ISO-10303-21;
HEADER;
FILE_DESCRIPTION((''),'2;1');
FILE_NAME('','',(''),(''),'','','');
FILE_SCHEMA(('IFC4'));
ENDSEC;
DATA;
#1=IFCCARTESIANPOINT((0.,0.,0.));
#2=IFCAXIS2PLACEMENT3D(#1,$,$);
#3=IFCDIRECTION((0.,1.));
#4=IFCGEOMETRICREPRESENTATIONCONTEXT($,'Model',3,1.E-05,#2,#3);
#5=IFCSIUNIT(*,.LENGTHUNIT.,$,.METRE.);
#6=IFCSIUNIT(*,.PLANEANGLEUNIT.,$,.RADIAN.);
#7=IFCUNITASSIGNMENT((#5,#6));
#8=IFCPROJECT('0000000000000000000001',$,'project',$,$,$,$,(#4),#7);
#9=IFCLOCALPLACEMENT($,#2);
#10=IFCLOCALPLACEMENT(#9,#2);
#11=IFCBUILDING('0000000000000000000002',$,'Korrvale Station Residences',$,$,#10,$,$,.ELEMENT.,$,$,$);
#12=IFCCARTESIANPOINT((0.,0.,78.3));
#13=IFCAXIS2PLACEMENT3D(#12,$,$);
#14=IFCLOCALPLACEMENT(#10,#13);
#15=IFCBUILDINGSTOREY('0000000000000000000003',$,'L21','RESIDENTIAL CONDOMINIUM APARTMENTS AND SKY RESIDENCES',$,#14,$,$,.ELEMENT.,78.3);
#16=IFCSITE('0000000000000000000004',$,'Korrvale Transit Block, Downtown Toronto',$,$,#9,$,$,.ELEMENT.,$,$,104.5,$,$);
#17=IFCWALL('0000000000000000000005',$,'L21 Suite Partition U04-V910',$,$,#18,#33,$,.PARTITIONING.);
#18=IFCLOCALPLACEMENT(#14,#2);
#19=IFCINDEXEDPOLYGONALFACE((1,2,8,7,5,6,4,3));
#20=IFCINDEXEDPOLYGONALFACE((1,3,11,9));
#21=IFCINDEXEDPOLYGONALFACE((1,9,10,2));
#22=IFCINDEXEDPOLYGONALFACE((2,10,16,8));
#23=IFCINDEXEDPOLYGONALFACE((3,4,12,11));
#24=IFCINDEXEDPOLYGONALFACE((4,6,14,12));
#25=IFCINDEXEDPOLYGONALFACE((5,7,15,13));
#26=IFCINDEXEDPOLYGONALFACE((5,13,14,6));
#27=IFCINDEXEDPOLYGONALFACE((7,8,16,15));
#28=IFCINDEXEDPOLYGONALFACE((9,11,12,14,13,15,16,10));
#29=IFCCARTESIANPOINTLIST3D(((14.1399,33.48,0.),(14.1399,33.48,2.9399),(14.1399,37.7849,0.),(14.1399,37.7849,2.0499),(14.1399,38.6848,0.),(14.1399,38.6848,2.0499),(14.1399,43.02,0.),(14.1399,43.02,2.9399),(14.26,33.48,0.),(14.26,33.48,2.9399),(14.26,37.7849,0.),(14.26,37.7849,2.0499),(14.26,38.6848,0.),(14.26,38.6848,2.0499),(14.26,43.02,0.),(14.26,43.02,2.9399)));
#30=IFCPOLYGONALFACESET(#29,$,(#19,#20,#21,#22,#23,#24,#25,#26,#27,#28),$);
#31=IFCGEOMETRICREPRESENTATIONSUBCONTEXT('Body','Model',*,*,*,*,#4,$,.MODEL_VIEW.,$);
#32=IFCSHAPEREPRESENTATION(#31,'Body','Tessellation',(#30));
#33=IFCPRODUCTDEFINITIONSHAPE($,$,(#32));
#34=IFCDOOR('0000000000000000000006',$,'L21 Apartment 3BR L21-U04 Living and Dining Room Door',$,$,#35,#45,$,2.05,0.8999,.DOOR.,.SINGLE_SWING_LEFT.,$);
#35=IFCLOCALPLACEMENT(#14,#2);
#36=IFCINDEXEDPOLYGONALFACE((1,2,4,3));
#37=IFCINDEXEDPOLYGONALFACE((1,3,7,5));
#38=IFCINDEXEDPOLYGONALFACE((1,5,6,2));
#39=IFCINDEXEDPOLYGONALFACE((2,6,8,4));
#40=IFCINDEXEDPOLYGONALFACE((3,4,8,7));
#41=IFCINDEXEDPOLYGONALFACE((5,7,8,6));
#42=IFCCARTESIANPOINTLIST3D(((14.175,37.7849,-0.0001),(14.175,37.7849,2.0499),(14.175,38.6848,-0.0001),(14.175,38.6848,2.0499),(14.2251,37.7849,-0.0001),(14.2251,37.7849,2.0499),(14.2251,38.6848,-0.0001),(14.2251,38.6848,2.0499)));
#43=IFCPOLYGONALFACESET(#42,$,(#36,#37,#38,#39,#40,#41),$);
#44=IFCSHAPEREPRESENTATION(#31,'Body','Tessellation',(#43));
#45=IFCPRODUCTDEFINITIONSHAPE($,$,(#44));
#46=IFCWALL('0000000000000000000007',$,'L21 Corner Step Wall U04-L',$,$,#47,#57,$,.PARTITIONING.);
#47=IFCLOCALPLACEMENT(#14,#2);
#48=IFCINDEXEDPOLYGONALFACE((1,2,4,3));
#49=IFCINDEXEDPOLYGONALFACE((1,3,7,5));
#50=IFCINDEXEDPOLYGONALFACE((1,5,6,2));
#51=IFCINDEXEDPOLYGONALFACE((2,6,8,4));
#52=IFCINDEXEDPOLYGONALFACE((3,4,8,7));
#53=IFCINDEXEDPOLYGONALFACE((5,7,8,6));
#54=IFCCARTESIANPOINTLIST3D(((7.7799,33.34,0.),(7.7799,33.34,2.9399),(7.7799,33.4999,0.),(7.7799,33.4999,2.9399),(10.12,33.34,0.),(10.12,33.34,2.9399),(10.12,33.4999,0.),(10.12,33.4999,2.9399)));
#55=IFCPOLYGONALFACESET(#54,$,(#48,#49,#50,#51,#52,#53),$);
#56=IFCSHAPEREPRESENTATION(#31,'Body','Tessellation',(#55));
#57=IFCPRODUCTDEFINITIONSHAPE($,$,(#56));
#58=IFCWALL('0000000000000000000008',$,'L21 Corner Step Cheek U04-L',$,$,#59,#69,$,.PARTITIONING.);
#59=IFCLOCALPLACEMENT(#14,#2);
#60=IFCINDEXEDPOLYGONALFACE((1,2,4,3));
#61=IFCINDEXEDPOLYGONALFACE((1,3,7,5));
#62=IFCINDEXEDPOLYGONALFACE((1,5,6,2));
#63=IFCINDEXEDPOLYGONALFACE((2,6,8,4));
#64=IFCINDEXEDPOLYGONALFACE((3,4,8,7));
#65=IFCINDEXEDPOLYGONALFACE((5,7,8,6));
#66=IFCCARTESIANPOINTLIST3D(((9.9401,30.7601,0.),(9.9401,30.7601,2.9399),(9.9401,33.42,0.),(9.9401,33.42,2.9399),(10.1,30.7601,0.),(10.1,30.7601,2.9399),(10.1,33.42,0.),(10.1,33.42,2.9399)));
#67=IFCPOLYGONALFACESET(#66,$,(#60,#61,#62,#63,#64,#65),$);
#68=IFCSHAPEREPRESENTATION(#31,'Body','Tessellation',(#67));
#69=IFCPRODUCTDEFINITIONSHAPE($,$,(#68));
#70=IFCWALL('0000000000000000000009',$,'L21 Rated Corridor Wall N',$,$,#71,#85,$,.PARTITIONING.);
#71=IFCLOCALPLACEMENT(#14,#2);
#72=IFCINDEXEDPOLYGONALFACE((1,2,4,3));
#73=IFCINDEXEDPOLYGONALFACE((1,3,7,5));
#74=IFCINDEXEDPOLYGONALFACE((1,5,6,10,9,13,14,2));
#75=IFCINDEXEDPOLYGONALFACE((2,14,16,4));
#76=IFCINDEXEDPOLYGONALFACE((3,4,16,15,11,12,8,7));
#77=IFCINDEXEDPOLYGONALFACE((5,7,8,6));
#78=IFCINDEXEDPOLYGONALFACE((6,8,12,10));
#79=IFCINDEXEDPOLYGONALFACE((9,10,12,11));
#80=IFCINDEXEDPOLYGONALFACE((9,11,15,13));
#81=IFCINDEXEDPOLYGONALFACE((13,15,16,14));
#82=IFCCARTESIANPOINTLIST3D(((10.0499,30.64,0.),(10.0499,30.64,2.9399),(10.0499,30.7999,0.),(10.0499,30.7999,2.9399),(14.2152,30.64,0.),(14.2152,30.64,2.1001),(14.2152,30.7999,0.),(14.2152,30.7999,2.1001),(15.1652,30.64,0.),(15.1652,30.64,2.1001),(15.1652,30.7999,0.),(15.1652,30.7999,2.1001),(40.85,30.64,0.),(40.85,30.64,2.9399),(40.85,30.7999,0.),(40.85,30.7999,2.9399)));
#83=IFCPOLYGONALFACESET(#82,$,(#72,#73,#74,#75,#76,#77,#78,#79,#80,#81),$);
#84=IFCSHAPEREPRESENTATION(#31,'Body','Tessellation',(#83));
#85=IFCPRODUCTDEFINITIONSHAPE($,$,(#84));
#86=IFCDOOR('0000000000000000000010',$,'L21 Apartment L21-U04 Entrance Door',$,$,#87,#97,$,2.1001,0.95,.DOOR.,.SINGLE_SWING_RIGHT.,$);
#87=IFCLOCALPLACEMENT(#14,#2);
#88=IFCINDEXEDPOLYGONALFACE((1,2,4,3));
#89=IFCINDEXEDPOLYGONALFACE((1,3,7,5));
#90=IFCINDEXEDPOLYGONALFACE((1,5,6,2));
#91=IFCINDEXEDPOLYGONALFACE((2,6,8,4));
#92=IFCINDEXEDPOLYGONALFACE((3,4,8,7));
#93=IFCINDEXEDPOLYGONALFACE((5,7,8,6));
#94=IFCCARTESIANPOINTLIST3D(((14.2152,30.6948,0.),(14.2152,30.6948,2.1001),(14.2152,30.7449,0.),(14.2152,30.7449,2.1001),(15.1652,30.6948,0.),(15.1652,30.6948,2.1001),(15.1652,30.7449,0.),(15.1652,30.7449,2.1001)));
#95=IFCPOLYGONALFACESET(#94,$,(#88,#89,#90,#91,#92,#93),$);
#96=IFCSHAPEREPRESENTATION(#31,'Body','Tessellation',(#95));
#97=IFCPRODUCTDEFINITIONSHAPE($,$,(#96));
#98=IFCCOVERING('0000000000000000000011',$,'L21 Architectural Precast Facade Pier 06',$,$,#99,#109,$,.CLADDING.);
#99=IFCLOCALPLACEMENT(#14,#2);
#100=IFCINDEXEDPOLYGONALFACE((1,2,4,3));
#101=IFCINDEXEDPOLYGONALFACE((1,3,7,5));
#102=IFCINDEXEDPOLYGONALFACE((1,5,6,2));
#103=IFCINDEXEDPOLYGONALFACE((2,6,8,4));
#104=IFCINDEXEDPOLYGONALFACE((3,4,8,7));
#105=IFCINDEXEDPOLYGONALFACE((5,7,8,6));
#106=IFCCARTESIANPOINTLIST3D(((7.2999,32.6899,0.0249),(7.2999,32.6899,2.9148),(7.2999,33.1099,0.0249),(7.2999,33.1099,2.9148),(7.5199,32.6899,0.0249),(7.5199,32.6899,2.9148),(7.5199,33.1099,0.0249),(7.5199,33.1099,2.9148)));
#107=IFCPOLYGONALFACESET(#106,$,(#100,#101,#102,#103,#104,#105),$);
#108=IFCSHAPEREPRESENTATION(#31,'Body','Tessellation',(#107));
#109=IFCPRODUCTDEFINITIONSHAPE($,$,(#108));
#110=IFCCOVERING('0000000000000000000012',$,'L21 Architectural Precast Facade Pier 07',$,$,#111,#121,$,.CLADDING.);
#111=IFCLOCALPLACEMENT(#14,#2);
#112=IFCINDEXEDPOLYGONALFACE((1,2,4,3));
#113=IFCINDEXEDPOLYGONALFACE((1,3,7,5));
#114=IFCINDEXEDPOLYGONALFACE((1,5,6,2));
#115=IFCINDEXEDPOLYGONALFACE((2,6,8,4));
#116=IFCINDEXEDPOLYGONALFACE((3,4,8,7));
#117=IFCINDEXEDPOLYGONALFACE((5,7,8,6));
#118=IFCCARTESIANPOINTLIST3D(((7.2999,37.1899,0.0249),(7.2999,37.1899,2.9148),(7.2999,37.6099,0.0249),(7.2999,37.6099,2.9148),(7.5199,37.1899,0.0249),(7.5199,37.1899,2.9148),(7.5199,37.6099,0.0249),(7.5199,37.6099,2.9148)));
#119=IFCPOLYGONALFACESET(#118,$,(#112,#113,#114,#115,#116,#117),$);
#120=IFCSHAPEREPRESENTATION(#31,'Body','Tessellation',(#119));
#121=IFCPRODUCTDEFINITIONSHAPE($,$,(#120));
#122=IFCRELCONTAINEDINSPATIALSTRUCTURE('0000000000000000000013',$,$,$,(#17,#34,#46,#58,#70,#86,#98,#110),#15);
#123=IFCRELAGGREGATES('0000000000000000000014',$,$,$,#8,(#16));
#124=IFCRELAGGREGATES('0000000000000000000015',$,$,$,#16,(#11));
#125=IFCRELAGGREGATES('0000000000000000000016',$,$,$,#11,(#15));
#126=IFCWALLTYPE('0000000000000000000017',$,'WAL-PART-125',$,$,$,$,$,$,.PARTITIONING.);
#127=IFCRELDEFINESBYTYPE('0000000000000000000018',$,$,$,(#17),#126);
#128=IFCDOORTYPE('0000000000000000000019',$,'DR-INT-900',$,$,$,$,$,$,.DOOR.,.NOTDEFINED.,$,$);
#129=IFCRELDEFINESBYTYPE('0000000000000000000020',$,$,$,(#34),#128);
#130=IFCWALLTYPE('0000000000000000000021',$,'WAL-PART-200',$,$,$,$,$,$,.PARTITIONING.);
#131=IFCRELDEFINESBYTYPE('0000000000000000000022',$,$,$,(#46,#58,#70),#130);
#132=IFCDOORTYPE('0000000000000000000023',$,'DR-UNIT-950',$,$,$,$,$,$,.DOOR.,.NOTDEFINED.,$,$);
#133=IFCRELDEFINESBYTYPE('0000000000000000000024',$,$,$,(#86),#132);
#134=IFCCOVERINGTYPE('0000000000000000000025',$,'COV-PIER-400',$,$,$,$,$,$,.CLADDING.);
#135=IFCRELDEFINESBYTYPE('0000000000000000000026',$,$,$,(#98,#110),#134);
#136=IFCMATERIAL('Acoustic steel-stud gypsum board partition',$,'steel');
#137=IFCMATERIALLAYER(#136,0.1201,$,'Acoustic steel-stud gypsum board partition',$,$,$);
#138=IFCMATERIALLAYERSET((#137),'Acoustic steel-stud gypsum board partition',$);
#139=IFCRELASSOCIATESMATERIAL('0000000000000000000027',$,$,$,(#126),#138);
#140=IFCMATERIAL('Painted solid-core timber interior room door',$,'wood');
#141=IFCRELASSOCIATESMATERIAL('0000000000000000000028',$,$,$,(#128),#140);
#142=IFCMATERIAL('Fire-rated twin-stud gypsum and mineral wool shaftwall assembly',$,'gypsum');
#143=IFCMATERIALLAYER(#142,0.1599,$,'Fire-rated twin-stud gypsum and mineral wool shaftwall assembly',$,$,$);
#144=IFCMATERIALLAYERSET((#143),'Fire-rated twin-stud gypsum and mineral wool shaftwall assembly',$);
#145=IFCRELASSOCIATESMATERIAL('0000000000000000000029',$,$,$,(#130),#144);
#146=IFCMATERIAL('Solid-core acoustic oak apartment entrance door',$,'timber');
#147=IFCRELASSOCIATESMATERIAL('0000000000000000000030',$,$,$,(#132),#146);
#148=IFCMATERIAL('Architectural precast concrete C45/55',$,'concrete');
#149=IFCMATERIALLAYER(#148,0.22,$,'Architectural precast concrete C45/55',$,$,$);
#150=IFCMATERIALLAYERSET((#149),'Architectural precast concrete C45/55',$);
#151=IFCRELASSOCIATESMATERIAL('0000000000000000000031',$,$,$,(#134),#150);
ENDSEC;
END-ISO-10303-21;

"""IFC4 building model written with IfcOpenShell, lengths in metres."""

from ifc_helpers import new_model, si_unit, direction, frame, frame_2d, origin, origin_2d, place, context, subcontext, project, spatial, rectangle, extrude, material, layer, layer_set, type_object, element, fill, save


model = new_model("IFC4")

# Units and contexts
model_context = context("Model", 3, precision=1e-05, world=origin(), true_north=direction((0.0, 1.0)))
body_context = subcontext(model_context, "Body", "Model", "MODEL_VIEW")
ifc_project = project(units=[si_unit("LENGTHUNIT", "METRE"), si_unit("PLANEANGLEUNIT", "RADIAN")], contexts=[model_context])

# Site, building, storey
site_placement = place(None, origin())
site = spatial("IfcSite", under=ifc_project, at=site_placement, Name="Korrvale Transit Block, Downtown Toronto", CompositionType="ELEMENT", RefElevation=104.5)
building_placement = place(site_placement, origin())
building = spatial("IfcBuilding", under=site, at=building_placement, Name="Korrvale Station Residences", CompositionType="ELEMENT")
storey_placement = place(building_placement, frame((0.0, 0.0, 78.3)))
storey = spatial("IfcBuildingStorey", under=building, at=storey_placement, Name="L21", Description="RESIDENTIAL CONDOMINIUM APARTMENTS AND SKY RESIDENCES", CompositionType="ELEMENT", Elevation=78.3)

# Shared definitions
ifc_material_1 = material(Name="Acoustic steel-stud gypsum board partition", Category="steel")
ifc_layer_1 = layer(ifc_material_1, 0.1201, Name="Acoustic steel-stud gypsum board partition")
ifc_layer_set_1 = layer_set([ifc_layer_1], Name="Acoustic steel-stud gypsum board partition")
wall_type_1 = type_object("IfcWallType", Name="WAL-PART-125", PredefinedType="PARTITIONING", material=ifc_layer_set_1)

# Wall, opening, door
ifc_material_2 = material(Name="Painted solid-core timber interior room door", Category="wood")
door_type_1 = type_object("IfcDoorType", Name="DR-INT-900", OperationType="NOTDEFINED", PredefinedType="DOOR", material=ifc_material_2)
wall_1_placement = place(storey_placement, frame((14.2, 33.48, 0.0), z_axis=(0.0, 0.0, 1.0), x_axis=(0.0, 1.0, 0.0)))
wall_1 = element("IfcWall", 1, at=wall_1_placement, inside=storey, type_object=wall_type_1, Name="L21 Suite Partition U04-V910", PredefinedType="PARTITIONING", context=body_context, shape_type="SweptSolid", body=[
    extrude(rectangle(XDim=9.54, YDim=0.1201, at=frame_2d((4.77, 0.0))), origin(), (0.0, 0.0, 1.0), 2.9399),
])
opening_1_placement = place(wall_1_placement, frame((4.3049, 0.0, 0.0)))
opening_1 = element("IfcOpeningElement", 2, at=opening_1_placement, cuts=wall_1, PredefinedType="OPENING", context=body_context, shape_type="SweptSolid", body=[
    extrude(rectangle(XDim=0.8999, YDim=2.05, at=frame_2d((0.45, 1.0249))), frame((0.0, 0.0701, 0.0), z_axis=(0.0, -1.0, 0.0), x_axis=(1.0, 0.0, 0.0)), (0.0, 0.0, 1.0), 0.1401),
])
door_1_placement = place(opening_1_placement, origin())
door_1 = element("IfcDoor", 3, at=door_1_placement, inside=storey, type_object=door_type_1, Name="L21 Apartment 3BR L21-U04 Living and Dining Room Door", OperationType="SINGLE_SWING_LEFT", OverallHeight=2.05, OverallWidth=0.8999, PredefinedType="DOOR", context=body_context, shape_type="SweptSolid", body=[
    extrude(rectangle(XDim=0.8999, YDim=2.05, at=frame_2d((0.45, 1.0249))), frame((0.0, 0.0249, 0.0), z_axis=(0.0, -1.0, 0.0), x_axis=(1.0, 0.0, 0.0)), (0.0, 0.0, 1.0), 0.05),
])
fill(opening_1, door_1)

# Walls
ifc_material_3 = material(Name="Fire-rated twin-stud gypsum and mineral wool shaftwall assembly", Category="gypsum")
ifc_layer_2 = layer(ifc_material_3, 0.1599, Name="Fire-rated twin-stud gypsum and mineral wool shaftwall assembly")
ifc_layer_set_2 = layer_set([ifc_layer_2], Name="Fire-rated twin-stud gypsum and mineral wool shaftwall assembly")
wall_type_2 = type_object("IfcWallType", Name="WAL-PART-200", PredefinedType="PARTITIONING", material=ifc_layer_set_2)
wall_2_placement = place(storey_placement, frame((7.78, 33.4199, 0.0), z_axis=(0.0, 0.0, 1.0), x_axis=(1.0, 0.0, 0.0)))
element("IfcWall", 4, at=wall_2_placement, inside=storey, type_object=wall_type_2, Name="L21 Corner Step Wall U04-L", PredefinedType="PARTITIONING", context=body_context, shape_type="SweptSolid", body=[
    extrude(rectangle(XDim=2.3401, YDim=0.1599, at=frame_2d((1.1699, 0.0))), origin(), (0.0, 0.0, 1.0), 2.9399),
])
wall_3_placement = place(storey_placement, frame((10.02, 30.76, 0.0), z_axis=(0.0, 0.0, 1.0), x_axis=(0.0, 1.0, 0.0)))
element("IfcWall", 5, at=wall_3_placement, inside=storey, type_object=wall_type_2, Name="L21 Corner Step Cheek U04-L", PredefinedType="PARTITIONING", context=body_context, shape_type="SweptSolid", body=[
    extrude(rectangle(XDim=2.6599, YDim=0.1599, at=frame_2d((1.3301, 0.0))), origin(), (0.0, 0.0, 1.0), 2.9399),
])

# Wall, opening, door
wall_4_placement = place(storey_placement, frame((10.05, 30.72, 0.0), z_axis=(0.0, 0.0, 1.0), x_axis=(1.0, 0.0, 0.0)))
wall_4 = element("IfcWall", 6, at=wall_4_placement, inside=storey, type_object=wall_type_2, Name="L21 Rated Corridor Wall N", PredefinedType="PARTITIONING", context=body_context, shape_type="SweptSolid", body=[
    extrude(rectangle(XDim=30.8, YDim=0.1599, at=frame_2d((15.3999, 0.0))), origin(), (0.0, 0.0, 1.0), 2.9399),
])
opening_2_placement = place(wall_4_placement, frame((4.165, 0.0, 0.0)))
opening_2 = element("IfcOpeningElement", 7, at=opening_2_placement, cuts=wall_4, PredefinedType="OPENING", context=body_context, shape_type="SweptSolid", body=[
    extrude(rectangle(XDim=0.95, YDim=2.1001, at=frame_2d((0.4751, 1.05))), frame((0.0, 0.0898, 0.0), z_axis=(0.0, -1.0, 0.0), x_axis=(1.0, 0.0, 0.0)), (0.0, 0.0, 1.0), 0.1799),
])
ifc_material_4 = material(Name="Solid-core acoustic oak apartment entrance door", Category="timber")
door_type_2 = type_object("IfcDoorType", Name="DR-UNIT-950", OperationType="NOTDEFINED", PredefinedType="DOOR", material=ifc_material_4)
door_2_placement = place(opening_2_placement, origin())
door_2 = element("IfcDoor", 8, at=door_2_placement, inside=storey, type_object=door_type_2, Name="L21 Apartment L21-U04 Entrance Door", OperationType="SINGLE_SWING_RIGHT", OverallHeight=2.1001, OverallWidth=0.95, PredefinedType="DOOR", context=body_context, shape_type="SweptSolid", body=[
    extrude(rectangle(XDim=0.95, YDim=2.1001, at=frame_2d((0.4751, 1.05))), frame((0.0, 0.0249, 0.0), z_axis=(0.0, -1.0, 0.0), x_axis=(1.0, 0.0, 0.0)), (0.0, 0.0, 1.0), 0.05),
])
fill(opening_2, door_2)

# Coverings
ifc_material_5 = material(Name="Architectural precast concrete C45/55", Category="concrete")
ifc_layer_3 = layer(ifc_material_5, 0.22, Name="Architectural precast concrete C45/55")
ifc_layer_set_3 = layer_set([ifc_layer_3], Name="Architectural precast concrete C45/55")
covering_type = type_object("IfcCoveringType", Name="COV-PIER-400", PredefinedType="CLADDING", material=ifc_layer_set_3)
for number, where, z_axis, x_axis, name in (
    (9, (7.4099, 32.8999, 0.0249), (0.0, 0.0, 1.0), (0.0, 1.0, 0.0), "L21 Architectural Precast Facade Pier 06"),
    (10, (7.4099, 37.3999, 0.0249), (0.0, 0.0, 1.0), (0.0, 1.0, 0.0), "L21 Architectural Precast Facade Pier 07"),
):
    element("IfcCovering", number, at=place(storey_placement, frame(where, z_axis=z_axis, x_axis=x_axis)), inside=storey, type_object=covering_type, Name=name, PredefinedType="CLADDING", context=body_context, shape_type="SweptSolid", body=[
        extrude(rectangle(XDim=0.4199, YDim=0.22, at=origin_2d()), origin(), (0.0, 0.0, 1.0), 2.8899),
    ])

save(model, "model.ifc")
